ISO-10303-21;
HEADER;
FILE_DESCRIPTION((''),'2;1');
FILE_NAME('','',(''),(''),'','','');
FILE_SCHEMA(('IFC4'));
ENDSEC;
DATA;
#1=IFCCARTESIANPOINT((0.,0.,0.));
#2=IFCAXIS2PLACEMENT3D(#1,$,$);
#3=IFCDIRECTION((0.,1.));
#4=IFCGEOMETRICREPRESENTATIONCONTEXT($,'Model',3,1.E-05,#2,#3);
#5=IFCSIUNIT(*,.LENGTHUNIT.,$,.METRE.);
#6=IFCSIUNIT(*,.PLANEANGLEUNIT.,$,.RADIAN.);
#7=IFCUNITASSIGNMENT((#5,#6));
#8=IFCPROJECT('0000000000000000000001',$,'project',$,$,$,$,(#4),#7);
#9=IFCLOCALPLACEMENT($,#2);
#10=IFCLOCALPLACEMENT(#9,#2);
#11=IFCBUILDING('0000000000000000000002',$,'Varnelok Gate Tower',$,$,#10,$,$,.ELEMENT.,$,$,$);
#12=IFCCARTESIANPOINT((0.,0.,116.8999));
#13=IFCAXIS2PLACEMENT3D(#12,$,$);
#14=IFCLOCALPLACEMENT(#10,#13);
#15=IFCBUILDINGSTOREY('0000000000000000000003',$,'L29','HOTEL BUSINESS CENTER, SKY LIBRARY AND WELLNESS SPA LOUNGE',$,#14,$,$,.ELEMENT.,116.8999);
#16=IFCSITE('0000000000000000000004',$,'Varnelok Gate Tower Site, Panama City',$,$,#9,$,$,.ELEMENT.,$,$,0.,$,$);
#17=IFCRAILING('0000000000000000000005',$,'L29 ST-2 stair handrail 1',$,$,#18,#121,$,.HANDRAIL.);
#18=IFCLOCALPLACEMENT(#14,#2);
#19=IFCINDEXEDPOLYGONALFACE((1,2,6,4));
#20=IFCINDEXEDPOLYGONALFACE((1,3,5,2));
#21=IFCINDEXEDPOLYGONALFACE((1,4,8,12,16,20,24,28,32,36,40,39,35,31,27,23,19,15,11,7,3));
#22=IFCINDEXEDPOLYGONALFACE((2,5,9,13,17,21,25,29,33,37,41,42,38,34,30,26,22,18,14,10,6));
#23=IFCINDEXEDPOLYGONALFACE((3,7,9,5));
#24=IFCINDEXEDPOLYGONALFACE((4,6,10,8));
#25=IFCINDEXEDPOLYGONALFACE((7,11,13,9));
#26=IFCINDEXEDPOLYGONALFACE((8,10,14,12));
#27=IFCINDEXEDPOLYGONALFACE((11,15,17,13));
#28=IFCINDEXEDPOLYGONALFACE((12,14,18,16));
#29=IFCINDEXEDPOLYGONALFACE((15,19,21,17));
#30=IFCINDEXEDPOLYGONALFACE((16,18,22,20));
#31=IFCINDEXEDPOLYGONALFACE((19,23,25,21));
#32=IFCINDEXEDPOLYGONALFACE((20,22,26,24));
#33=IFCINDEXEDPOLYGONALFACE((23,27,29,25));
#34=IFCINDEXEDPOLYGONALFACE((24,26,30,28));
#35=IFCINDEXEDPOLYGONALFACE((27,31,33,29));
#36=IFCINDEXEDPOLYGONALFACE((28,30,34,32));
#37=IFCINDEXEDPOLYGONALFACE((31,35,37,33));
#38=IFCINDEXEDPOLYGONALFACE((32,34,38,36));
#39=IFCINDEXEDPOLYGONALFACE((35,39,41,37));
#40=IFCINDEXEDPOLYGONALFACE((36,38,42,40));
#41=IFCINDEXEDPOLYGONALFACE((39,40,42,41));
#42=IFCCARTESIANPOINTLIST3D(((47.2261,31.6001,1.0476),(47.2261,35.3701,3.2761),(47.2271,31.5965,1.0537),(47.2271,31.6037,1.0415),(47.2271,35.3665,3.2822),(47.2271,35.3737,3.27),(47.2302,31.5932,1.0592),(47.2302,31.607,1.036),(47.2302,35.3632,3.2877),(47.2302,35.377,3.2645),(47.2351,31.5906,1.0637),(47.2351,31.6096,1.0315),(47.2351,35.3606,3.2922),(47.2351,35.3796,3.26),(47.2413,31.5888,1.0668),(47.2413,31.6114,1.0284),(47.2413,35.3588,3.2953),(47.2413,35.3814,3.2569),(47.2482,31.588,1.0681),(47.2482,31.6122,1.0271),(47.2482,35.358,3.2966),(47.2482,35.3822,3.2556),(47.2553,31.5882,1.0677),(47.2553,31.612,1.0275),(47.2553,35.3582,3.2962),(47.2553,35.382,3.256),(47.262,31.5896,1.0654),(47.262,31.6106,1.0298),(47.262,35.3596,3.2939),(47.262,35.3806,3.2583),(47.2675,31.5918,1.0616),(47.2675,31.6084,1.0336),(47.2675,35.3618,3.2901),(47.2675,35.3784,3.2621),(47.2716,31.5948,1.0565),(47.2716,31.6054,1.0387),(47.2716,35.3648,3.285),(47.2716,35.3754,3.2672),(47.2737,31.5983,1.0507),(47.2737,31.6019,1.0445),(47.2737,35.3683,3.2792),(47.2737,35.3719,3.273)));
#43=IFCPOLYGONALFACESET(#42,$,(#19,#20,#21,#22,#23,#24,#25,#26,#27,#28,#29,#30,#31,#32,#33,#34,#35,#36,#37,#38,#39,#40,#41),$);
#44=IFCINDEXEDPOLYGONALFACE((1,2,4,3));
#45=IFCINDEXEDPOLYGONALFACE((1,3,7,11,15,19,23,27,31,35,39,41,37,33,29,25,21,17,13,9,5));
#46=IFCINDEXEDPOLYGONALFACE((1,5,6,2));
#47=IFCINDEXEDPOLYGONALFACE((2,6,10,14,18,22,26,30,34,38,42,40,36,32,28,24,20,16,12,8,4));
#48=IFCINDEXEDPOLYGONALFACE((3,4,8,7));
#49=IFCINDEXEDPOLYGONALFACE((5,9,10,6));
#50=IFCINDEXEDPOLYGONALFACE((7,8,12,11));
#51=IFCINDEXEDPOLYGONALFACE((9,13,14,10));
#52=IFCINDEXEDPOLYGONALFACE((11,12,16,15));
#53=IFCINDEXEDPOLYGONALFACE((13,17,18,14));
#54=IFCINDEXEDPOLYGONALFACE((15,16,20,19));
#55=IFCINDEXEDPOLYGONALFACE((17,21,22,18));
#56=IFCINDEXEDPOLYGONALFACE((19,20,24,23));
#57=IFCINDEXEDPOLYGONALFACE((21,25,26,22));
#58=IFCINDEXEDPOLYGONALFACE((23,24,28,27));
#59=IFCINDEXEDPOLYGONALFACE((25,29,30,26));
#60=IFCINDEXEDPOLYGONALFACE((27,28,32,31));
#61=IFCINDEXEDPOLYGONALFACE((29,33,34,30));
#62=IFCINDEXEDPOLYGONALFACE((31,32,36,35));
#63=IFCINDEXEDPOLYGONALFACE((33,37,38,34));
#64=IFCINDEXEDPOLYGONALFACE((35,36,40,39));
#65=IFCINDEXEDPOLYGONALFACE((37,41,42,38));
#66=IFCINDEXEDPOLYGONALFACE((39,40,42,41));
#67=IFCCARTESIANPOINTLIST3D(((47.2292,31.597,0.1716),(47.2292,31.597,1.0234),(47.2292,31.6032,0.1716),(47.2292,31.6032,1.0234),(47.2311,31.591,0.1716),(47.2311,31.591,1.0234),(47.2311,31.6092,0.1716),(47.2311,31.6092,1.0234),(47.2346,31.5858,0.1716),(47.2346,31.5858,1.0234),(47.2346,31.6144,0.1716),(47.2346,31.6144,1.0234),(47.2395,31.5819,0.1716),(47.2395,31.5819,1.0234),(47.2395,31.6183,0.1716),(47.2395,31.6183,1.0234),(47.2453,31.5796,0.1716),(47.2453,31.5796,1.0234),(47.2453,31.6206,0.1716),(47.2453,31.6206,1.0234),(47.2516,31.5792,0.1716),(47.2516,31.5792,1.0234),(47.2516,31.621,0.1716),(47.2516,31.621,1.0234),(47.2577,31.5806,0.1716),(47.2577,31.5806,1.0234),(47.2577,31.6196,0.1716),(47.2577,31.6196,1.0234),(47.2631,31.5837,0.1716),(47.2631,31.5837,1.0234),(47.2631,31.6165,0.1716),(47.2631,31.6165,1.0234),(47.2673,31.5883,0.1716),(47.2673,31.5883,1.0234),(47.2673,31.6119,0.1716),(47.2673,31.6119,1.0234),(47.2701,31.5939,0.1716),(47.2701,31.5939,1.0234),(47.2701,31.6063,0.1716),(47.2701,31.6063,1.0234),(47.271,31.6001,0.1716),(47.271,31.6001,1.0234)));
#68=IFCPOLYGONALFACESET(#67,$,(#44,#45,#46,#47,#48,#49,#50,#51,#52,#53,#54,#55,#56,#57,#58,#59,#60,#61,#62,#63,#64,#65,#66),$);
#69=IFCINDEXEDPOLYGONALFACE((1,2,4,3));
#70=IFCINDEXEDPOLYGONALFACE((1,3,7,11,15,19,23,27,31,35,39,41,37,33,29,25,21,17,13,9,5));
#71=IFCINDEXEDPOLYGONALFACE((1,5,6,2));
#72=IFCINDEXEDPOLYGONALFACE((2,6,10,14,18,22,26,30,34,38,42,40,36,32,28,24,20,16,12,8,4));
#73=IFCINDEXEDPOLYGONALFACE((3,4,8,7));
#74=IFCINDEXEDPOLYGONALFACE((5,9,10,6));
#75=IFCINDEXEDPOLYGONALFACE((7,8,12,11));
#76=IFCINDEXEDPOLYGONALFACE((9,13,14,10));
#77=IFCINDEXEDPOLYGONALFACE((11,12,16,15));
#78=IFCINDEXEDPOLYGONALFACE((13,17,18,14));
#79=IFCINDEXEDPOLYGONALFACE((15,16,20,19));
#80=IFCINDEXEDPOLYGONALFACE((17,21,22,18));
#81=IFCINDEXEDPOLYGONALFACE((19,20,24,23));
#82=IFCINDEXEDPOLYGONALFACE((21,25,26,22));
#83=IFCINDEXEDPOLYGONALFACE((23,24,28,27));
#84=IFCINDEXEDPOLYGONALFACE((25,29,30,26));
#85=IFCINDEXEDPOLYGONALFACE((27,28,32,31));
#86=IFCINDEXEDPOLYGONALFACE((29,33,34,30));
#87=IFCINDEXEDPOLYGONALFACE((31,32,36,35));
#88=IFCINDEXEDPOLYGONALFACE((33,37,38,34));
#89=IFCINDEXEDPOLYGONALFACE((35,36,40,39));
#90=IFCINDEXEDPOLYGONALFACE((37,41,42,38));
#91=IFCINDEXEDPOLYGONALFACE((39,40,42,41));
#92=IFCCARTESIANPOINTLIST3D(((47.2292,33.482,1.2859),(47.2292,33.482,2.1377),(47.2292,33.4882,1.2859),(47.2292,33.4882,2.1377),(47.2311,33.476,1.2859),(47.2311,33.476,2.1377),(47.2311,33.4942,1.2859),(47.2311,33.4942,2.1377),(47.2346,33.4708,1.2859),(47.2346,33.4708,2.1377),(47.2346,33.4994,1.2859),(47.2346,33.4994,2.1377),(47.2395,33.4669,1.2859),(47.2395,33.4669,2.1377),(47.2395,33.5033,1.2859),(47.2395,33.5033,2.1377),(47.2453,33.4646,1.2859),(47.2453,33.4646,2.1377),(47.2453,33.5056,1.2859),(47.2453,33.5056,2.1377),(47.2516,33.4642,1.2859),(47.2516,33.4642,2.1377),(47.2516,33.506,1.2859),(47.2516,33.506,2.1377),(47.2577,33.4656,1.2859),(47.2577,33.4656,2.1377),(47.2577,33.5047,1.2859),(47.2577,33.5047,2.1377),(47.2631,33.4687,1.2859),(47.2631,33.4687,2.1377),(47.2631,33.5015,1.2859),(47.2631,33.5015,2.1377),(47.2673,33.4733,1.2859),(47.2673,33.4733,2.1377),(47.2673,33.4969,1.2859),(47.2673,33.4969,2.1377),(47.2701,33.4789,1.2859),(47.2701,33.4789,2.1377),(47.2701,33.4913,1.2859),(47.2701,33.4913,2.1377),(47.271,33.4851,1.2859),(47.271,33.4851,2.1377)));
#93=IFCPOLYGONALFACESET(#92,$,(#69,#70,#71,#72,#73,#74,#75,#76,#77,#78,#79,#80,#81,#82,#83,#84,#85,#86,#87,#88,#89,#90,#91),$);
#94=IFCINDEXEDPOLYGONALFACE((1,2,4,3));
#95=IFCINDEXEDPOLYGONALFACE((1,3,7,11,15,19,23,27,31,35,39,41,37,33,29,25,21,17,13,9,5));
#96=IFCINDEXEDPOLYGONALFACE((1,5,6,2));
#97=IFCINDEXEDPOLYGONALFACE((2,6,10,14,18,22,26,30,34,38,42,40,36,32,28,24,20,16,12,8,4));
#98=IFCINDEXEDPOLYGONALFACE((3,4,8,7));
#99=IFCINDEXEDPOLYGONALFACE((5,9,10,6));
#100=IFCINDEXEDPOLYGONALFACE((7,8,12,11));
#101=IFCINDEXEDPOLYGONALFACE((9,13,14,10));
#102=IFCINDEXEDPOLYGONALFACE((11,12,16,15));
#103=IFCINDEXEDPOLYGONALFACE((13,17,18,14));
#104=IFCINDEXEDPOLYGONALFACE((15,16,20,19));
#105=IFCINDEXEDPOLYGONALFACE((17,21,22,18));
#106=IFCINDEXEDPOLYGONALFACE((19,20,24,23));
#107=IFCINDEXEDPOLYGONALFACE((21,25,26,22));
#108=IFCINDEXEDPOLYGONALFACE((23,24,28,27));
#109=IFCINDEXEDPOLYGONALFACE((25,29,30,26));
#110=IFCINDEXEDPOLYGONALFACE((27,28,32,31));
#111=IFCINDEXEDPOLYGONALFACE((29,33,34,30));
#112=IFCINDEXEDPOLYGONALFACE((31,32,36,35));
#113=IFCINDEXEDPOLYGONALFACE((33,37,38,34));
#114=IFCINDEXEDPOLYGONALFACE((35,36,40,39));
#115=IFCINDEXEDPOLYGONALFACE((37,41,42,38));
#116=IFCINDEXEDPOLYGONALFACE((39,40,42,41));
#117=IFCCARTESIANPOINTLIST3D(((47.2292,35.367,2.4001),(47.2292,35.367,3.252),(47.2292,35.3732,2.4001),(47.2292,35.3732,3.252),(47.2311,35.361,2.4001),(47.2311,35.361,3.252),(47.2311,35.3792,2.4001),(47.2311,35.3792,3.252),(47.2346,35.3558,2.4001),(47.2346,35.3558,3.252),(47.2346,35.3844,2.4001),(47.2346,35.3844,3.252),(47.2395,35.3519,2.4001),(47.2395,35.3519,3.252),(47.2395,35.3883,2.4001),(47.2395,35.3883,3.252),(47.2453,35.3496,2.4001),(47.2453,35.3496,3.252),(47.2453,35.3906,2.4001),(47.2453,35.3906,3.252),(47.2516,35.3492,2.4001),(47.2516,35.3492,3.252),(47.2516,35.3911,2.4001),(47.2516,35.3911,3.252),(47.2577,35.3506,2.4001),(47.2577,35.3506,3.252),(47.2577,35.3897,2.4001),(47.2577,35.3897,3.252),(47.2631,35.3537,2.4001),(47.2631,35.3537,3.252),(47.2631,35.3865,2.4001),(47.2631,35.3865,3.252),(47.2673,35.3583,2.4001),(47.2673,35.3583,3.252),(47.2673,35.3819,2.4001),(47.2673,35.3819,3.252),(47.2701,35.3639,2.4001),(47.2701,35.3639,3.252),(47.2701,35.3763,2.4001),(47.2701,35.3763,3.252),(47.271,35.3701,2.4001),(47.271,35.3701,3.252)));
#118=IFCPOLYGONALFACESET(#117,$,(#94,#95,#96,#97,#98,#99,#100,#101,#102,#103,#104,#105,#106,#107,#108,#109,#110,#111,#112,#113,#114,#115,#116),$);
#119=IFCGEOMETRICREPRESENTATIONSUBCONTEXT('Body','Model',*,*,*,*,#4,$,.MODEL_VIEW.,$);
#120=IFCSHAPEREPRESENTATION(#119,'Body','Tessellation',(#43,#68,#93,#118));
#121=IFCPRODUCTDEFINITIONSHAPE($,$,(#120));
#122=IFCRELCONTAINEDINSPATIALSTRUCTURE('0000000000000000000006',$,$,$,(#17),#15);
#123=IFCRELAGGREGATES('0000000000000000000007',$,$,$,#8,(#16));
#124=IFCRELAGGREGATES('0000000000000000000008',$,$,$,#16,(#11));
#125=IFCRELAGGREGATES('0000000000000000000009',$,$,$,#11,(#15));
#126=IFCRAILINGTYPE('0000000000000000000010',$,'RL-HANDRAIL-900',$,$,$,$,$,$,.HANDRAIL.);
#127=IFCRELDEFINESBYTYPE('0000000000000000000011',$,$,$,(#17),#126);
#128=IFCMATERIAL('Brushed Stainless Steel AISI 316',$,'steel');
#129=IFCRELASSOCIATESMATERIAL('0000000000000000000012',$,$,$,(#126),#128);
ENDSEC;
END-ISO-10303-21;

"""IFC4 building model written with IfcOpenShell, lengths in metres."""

from ifc_helpers import new_model, si_unit, direction, frame, origin, origin_2d, place, context, subcontext, project, spatial, circle, extrude, material, type_object, element, save


model = new_model("IFC4")

# Units and contexts
model_context = context("Model", 3, precision=1e-05, world=origin(), true_north=direction((0.0, 1.0)))
body_context = subcontext(model_context, "Body", "Model", "MODEL_VIEW")
ifc_project = project(units=[si_unit("LENGTHUNIT", "METRE"), si_unit("PLANEANGLEUNIT", "RADIAN")], contexts=[model_context])

# Site, building, storey
site_placement = place(None, origin())
site = spatial("IfcSite", under=ifc_project, at=site_placement, Name="Varnelok Gate Tower Site, Panama City", CompositionType="ELEMENT", RefElevation=0.0)
building_placement = place(site_placement, origin())
building = spatial("IfcBuilding", under=site, at=building_placement, Name="Varnelok Gate Tower", CompositionType="ELEMENT")
storey_placement = place(building_placement, frame((0.0, 0.0, 116.8999)))
storey = spatial("IfcBuildingStorey", under=building, at=storey_placement, Name="L29", Description="HOTEL BUSINESS CENTER, SKY LIBRARY AND WELLNESS SPA LOUNGE", CompositionType="ELEMENT", Elevation=116.8999)

# Railing
ifc_material_1 = material(Name="Brushed Stainless Steel AISI 316", Category="steel")
railing_type_1 = type_object("IfcRailingType", Name="RL-HANDRAIL-900", PredefinedType="HANDRAIL", material=ifc_material_1)
railing_1_placement = place(storey_placement, frame((47.25, 31.6001, 0.1716)))
element("IfcRailing", 1, at=railing_1_placement, inside=storey, type_object=railing_type_1, Name="L29 ST-2 stair handrail 1", PredefinedType="HANDRAIL", context=body_context, shape_type="SweptSolid", body=[
    extrude(circle(Radius=0.0239, at=origin_2d()), frame((0.0, 0.0, 0.876), z_axis=(0.0, 0.860849, 0.508861), x_axis=(-1.0, 0.0, 0.0)), (0.0, 0.0, 1.0), 4.3794),
    extrude(circle(Radius=0.021, at=origin_2d()), origin(), (0.0, 0.0, 1.0), 0.8518),
    extrude(circle(Radius=0.021, at=origin_2d()), frame((0.0, 1.885, 1.1143)), (0.0, 0.0, 1.0), 0.8518),
    extrude(circle(Radius=0.021, at=origin_2d()), frame((0.0, 3.77, 2.2285)), (0.0, 0.0, 1.0), 0.8518),
])

save(model, "model.ifc")
